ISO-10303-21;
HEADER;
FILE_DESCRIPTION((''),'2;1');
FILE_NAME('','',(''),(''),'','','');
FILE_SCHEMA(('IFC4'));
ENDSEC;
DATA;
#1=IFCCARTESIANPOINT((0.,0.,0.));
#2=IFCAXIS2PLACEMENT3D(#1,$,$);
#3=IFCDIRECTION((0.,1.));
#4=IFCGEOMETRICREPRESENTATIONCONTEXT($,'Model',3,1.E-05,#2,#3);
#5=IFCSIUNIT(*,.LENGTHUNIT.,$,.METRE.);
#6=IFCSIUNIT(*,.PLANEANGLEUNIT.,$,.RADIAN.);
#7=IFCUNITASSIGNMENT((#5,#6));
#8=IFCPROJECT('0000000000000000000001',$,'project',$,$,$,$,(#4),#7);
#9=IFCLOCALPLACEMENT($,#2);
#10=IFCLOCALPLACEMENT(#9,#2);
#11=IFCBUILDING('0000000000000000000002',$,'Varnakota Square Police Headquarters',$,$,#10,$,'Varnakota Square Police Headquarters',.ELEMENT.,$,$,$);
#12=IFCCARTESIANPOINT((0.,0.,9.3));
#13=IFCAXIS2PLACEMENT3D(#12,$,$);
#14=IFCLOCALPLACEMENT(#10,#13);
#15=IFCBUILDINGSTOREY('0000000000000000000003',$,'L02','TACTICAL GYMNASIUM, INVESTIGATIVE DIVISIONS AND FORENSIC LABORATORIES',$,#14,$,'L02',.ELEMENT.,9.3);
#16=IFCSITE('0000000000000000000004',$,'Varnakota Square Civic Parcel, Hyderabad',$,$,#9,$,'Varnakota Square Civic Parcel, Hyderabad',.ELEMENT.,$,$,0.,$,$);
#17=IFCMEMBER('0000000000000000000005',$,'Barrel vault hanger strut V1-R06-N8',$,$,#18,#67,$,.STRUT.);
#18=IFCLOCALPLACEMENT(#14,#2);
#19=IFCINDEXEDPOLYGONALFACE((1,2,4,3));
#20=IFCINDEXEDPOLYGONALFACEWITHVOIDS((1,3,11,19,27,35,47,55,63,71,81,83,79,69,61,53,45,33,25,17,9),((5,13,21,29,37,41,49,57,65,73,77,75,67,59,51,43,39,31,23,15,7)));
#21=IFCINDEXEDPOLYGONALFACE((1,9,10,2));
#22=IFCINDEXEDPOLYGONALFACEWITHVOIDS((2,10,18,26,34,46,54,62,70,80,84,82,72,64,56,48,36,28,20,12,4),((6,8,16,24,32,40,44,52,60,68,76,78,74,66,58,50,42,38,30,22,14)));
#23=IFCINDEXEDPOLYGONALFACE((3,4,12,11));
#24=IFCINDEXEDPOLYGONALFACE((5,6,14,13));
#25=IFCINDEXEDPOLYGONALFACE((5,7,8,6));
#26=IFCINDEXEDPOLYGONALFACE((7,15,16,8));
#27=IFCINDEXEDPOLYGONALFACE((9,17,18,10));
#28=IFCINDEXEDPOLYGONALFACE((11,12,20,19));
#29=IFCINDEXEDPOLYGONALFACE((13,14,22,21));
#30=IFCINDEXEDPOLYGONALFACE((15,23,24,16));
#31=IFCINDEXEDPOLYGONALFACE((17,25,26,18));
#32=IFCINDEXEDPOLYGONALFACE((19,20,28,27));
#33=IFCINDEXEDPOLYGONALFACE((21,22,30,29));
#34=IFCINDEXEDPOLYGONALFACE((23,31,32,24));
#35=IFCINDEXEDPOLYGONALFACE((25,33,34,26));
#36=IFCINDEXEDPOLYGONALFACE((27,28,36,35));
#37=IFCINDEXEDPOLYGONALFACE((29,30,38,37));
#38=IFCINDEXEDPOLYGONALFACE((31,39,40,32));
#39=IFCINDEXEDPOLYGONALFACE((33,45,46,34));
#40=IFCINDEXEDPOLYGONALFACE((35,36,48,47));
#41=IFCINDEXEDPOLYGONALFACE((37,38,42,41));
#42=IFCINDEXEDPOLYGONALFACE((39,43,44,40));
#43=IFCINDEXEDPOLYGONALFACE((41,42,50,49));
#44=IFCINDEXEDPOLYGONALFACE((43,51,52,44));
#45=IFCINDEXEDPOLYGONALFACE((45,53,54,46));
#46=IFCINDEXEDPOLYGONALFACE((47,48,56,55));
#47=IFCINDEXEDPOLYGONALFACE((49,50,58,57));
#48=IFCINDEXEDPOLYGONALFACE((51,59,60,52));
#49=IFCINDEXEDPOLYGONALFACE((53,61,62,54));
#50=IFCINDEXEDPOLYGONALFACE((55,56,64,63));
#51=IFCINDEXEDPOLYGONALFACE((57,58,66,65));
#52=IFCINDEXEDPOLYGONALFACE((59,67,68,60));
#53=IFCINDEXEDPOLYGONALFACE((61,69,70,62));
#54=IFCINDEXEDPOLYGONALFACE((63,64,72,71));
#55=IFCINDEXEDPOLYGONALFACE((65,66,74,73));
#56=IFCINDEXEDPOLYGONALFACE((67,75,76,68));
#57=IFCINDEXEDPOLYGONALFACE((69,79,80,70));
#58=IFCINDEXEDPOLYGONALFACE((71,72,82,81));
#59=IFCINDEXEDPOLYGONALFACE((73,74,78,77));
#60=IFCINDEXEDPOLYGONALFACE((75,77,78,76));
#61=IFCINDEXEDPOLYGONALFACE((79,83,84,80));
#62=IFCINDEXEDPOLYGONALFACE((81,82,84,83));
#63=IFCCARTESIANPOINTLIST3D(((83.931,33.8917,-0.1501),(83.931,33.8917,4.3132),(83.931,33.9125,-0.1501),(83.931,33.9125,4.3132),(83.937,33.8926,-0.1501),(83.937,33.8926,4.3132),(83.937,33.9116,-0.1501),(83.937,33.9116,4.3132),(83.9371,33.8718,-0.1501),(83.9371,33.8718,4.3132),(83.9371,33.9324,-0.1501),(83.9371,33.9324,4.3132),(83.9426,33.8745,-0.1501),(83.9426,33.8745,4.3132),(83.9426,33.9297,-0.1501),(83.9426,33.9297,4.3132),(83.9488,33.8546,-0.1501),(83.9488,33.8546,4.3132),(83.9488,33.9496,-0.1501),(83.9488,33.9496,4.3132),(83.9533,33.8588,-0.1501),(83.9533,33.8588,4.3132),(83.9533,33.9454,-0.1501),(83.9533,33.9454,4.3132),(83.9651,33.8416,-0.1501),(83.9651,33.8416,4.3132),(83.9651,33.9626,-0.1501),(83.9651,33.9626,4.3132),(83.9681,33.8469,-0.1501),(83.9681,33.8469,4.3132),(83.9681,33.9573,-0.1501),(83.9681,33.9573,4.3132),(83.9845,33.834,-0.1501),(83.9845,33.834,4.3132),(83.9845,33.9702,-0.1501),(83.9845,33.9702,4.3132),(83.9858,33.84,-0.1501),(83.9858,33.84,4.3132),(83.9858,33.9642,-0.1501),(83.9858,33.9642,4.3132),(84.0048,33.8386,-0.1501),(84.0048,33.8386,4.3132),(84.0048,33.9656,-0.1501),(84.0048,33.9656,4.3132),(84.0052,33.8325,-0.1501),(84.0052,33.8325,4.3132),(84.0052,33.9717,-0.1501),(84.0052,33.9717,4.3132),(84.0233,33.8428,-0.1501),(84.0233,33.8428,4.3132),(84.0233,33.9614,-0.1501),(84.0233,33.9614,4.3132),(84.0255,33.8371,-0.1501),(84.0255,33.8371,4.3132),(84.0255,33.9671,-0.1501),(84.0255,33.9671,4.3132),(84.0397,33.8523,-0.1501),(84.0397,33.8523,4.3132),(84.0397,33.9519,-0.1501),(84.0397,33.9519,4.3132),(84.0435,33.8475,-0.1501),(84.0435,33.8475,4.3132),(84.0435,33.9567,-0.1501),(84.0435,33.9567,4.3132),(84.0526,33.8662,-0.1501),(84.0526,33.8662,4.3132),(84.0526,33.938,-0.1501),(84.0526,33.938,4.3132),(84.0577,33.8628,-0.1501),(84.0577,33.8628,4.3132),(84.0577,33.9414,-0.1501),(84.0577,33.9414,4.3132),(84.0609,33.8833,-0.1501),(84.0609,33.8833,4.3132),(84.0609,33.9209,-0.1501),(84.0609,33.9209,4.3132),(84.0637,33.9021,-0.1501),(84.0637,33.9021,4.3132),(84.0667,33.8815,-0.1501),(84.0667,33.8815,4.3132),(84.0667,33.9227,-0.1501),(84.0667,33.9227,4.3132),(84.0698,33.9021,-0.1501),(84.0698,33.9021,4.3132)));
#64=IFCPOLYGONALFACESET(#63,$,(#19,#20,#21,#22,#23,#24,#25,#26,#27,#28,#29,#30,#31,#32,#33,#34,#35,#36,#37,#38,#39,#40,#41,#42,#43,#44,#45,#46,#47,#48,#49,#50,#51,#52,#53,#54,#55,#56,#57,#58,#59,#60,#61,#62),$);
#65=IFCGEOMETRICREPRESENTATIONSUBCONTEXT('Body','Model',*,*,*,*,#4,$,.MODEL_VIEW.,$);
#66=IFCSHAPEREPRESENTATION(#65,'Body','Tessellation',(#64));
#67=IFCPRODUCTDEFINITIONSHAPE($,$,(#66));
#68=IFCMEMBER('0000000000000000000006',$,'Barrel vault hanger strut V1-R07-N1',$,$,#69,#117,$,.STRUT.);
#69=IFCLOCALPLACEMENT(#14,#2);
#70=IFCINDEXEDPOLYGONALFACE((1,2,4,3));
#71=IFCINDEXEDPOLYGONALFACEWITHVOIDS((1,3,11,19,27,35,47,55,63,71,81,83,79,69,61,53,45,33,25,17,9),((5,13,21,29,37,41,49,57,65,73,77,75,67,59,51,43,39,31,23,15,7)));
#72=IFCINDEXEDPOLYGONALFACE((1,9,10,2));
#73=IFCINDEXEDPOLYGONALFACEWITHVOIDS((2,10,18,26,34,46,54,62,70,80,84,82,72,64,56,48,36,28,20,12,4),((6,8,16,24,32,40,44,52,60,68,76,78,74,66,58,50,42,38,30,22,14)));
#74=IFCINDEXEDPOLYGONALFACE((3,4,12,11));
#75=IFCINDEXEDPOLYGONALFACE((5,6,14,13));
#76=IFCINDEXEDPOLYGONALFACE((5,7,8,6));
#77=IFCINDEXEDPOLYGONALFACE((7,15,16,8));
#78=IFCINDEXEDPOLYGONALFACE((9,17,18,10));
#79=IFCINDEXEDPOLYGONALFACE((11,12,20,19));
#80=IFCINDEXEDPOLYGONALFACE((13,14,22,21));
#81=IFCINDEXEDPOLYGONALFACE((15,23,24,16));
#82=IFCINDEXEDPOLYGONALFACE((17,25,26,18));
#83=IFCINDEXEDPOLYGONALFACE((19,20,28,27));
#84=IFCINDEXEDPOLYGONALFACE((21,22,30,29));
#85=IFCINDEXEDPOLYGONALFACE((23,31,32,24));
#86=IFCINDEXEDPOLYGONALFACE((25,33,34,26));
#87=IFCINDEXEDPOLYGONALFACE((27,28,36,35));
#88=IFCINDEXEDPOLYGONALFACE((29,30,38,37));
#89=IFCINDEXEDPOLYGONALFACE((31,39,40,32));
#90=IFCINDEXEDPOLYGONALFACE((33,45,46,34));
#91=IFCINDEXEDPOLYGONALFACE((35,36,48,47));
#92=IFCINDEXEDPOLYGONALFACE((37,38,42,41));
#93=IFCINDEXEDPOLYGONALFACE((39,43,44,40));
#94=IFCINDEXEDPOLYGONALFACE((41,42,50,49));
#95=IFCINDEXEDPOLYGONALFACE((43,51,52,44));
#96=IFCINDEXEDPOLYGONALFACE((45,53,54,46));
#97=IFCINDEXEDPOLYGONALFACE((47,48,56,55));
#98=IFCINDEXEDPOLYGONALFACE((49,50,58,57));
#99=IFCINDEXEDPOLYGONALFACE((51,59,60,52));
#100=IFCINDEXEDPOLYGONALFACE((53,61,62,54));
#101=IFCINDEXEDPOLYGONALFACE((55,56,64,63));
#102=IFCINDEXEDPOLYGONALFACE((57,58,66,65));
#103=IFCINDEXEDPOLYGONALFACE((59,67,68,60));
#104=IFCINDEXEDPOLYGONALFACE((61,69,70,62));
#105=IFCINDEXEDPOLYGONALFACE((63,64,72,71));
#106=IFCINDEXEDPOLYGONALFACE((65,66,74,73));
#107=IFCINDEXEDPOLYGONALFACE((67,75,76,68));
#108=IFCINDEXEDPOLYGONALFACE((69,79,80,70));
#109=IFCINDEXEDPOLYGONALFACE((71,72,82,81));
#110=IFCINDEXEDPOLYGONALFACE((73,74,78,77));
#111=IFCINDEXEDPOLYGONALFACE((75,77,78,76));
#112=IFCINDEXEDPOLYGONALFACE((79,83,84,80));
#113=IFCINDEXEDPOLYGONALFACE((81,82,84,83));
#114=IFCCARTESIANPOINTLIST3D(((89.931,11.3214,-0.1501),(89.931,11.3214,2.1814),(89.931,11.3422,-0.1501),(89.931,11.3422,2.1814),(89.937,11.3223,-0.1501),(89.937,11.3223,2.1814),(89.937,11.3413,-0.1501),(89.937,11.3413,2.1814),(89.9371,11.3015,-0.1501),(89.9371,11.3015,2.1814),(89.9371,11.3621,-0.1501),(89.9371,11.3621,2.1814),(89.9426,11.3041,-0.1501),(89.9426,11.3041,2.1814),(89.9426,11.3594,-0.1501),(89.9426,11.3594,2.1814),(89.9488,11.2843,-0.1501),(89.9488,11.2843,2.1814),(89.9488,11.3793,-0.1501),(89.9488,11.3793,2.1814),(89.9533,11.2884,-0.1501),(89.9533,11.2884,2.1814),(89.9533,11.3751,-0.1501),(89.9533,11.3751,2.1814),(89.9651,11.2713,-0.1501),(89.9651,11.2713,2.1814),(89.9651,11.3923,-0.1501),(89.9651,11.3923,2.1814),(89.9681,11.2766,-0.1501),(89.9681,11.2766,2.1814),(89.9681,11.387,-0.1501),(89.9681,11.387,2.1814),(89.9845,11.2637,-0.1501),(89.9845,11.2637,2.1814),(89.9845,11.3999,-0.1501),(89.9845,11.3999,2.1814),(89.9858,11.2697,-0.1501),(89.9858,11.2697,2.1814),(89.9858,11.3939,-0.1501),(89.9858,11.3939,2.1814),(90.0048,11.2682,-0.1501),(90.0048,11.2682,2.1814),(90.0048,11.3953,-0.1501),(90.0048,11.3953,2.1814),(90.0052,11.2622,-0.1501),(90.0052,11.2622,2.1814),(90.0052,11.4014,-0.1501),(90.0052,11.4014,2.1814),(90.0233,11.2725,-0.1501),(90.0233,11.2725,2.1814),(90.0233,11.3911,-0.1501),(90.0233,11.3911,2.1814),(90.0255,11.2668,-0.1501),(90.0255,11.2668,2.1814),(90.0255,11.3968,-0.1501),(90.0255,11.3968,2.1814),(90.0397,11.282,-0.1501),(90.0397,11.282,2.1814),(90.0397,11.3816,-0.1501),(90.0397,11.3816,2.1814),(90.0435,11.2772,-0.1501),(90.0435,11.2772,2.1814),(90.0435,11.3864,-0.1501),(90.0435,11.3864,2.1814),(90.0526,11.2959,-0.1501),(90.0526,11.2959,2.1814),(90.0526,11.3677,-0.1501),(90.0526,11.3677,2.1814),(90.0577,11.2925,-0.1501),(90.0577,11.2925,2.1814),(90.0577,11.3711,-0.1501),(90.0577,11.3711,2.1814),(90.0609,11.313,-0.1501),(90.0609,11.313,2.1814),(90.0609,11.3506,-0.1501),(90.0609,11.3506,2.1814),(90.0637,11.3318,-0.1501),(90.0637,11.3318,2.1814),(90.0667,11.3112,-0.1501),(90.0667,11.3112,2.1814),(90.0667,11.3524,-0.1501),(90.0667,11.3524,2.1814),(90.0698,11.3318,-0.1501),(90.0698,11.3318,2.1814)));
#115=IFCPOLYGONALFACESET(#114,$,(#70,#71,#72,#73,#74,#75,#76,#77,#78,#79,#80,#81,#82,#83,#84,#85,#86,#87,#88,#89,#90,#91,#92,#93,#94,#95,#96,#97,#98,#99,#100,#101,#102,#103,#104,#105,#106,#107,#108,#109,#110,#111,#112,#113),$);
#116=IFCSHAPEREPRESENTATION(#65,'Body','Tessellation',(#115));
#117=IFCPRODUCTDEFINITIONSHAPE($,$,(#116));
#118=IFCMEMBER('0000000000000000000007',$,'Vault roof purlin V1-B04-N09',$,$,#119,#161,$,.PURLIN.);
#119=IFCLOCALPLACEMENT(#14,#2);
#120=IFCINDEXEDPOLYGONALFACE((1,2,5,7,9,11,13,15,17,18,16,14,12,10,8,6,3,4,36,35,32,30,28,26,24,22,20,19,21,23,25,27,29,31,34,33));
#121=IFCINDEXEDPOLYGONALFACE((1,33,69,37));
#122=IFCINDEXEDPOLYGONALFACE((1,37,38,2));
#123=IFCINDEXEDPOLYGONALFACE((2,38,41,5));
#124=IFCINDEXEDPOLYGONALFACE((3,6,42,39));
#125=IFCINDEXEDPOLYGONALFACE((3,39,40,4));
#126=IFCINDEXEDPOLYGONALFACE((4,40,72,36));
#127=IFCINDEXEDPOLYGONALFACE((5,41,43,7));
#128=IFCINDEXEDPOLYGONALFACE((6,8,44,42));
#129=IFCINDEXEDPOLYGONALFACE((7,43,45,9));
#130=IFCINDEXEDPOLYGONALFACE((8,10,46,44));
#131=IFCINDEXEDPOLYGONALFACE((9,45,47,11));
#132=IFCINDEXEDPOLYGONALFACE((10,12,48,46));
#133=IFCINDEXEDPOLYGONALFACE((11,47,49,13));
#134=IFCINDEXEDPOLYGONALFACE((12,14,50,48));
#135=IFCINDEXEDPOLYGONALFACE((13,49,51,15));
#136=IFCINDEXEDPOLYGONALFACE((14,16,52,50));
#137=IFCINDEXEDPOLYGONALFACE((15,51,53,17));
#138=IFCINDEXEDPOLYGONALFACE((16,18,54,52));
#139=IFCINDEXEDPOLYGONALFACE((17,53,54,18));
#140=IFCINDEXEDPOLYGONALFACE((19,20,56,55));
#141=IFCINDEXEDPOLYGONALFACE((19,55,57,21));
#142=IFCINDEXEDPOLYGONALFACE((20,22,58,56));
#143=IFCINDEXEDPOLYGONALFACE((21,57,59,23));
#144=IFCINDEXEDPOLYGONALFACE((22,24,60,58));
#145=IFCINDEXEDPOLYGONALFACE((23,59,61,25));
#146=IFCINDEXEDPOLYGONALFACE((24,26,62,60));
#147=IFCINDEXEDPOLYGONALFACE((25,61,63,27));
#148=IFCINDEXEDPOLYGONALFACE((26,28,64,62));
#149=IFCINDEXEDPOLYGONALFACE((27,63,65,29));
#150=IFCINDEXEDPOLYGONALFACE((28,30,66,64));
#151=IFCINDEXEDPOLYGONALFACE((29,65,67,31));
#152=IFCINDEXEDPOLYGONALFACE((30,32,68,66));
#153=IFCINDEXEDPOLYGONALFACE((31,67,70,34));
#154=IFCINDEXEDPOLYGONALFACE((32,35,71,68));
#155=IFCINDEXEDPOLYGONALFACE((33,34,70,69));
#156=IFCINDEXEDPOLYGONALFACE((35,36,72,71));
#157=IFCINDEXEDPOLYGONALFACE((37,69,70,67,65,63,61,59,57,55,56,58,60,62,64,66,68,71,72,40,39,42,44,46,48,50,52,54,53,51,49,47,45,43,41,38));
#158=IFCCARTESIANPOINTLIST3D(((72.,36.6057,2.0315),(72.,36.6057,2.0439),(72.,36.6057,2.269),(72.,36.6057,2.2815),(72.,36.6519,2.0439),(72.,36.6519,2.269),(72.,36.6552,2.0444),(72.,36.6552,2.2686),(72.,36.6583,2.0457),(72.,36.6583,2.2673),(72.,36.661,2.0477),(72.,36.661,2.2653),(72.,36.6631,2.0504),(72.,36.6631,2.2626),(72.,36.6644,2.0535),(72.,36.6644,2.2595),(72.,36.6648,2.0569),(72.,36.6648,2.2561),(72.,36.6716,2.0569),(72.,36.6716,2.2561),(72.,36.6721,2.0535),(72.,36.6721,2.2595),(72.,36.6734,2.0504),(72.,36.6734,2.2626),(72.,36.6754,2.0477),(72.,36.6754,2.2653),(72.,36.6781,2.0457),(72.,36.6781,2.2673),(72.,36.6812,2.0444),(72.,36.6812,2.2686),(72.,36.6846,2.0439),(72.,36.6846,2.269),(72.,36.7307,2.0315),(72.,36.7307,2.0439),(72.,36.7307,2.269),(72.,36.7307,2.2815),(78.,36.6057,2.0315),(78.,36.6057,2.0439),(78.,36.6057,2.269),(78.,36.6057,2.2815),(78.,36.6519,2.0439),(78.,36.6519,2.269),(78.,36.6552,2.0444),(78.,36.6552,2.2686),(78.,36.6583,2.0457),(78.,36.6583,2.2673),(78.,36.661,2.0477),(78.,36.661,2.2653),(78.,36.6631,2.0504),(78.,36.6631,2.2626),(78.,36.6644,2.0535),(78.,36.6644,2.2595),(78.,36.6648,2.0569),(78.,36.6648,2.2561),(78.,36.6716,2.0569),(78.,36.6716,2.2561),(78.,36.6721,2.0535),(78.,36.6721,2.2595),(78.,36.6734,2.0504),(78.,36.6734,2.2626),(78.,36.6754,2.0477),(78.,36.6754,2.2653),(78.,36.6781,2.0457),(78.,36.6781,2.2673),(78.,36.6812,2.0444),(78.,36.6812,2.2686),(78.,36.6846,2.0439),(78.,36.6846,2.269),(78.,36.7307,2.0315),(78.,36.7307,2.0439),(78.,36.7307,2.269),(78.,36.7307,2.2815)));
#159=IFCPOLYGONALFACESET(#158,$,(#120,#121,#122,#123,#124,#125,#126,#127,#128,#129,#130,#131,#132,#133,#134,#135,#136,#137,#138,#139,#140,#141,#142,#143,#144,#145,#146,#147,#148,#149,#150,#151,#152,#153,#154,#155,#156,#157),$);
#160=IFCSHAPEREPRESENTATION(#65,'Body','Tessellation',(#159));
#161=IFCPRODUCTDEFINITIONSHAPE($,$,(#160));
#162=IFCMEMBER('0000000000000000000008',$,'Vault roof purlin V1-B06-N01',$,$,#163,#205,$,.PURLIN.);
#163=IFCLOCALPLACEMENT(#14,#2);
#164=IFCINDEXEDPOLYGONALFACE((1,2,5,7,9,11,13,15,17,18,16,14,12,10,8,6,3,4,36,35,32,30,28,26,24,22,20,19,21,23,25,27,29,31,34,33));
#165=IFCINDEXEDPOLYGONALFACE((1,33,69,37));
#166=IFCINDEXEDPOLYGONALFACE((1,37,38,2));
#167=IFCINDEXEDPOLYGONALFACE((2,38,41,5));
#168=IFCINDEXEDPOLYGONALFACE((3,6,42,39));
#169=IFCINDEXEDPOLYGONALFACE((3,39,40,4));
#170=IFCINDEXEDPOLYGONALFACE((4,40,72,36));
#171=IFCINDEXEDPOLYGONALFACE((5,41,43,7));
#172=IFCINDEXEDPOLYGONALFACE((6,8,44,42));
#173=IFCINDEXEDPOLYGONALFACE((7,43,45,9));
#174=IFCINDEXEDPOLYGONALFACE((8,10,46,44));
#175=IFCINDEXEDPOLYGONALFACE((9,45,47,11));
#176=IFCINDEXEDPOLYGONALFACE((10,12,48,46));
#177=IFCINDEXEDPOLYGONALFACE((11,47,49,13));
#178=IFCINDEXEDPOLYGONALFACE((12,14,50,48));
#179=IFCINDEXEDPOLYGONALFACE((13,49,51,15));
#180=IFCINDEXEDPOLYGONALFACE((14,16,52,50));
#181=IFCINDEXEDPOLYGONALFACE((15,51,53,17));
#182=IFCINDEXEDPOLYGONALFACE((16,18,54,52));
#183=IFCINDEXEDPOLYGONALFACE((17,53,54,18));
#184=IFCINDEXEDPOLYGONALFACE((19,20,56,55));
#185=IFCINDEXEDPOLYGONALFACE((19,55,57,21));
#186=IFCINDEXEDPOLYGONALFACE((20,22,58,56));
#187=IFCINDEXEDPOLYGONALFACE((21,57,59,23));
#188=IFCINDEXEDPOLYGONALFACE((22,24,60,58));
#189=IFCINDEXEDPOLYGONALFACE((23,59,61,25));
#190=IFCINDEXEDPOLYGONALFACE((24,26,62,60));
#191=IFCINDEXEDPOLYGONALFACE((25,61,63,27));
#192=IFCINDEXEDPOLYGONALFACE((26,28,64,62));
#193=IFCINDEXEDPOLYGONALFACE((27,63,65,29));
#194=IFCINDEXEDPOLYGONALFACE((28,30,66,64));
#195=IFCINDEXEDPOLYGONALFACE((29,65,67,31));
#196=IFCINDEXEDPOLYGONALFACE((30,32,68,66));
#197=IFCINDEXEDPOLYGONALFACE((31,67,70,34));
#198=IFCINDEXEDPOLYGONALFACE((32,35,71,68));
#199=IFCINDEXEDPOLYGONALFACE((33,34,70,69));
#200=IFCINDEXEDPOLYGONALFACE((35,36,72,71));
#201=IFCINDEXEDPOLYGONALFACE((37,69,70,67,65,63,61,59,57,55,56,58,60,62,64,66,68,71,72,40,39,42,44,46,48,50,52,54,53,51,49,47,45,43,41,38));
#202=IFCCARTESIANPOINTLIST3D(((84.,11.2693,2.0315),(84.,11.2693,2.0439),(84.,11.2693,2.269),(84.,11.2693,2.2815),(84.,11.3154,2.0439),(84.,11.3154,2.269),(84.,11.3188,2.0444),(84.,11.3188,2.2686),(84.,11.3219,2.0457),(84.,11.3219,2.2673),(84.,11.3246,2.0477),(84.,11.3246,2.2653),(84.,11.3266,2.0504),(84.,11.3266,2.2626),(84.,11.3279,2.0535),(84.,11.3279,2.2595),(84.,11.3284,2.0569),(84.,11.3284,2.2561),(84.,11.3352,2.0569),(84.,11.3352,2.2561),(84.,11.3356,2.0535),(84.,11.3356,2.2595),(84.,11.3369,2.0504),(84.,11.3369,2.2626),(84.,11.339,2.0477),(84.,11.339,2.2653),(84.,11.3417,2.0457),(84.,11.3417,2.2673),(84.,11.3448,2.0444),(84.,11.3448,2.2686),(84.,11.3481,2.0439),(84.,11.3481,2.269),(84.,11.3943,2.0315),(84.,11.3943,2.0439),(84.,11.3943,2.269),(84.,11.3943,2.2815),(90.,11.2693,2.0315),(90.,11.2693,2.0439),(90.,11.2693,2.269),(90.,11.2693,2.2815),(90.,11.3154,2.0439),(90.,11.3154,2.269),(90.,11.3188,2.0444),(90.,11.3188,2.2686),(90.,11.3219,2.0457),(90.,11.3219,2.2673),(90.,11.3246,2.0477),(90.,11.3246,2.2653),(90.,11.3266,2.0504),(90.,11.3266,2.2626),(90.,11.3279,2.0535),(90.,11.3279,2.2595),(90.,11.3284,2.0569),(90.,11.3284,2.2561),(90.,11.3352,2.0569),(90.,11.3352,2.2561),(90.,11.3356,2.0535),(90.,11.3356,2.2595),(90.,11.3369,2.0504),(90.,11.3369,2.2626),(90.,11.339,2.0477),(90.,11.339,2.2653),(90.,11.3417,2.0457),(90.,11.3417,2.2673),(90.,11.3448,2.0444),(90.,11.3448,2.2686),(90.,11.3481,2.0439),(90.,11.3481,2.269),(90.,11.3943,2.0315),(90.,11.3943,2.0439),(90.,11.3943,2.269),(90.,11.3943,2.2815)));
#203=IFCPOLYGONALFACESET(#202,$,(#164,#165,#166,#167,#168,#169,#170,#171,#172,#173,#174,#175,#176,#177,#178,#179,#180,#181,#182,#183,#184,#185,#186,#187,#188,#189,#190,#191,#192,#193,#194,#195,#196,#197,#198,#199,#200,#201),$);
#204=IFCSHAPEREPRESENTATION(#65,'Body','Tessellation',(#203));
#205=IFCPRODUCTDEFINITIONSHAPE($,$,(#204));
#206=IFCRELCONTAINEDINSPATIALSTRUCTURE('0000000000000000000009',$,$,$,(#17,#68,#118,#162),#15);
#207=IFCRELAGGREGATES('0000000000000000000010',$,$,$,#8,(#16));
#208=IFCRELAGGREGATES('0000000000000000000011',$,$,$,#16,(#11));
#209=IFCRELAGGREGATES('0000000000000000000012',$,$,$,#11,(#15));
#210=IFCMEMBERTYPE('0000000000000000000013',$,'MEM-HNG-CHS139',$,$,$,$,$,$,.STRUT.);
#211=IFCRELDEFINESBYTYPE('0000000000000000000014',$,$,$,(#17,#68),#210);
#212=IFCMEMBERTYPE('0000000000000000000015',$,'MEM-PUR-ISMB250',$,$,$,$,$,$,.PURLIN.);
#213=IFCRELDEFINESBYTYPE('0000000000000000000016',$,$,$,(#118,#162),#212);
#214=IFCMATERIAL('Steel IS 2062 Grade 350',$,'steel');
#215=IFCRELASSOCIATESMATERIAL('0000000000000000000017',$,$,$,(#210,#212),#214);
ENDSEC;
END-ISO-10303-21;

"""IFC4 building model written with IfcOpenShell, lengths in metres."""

from ifc_helpers import new_model, si_unit, direction, frame, origin, origin_2d, place, context, subcontext, project, spatial, hollow_circle, i_section, extrude, material, material_profile, profile_set, type_object, element, save


model = new_model("IFC4")

# Units and contexts
model_context = context("Model", 3, precision=1e-05, world=origin(), true_north=direction((0.0, 1.0)))
body_context = subcontext(model_context, "Body", "Model", "MODEL_VIEW")
ifc_project = project(units=[si_unit("LENGTHUNIT", "METRE"), si_unit("PLANEANGLEUNIT", "RADIAN")], contexts=[model_context])

# Site, building, storey
site_placement = place(None, origin())
site = spatial("IfcSite", under=ifc_project, at=site_placement, Name="Varnakota Square Civic Parcel, Hyderabad", LongName="Varnakota Square Civic Parcel, Hyderabad", CompositionType="ELEMENT", RefElevation=0.0)
building_placement = place(site_placement, origin())
building = spatial("IfcBuilding", under=site, at=building_placement, Name="Varnakota Square Police Headquarters", LongName="Varnakota Square Police Headquarters", CompositionType="ELEMENT")
storey_placement = place(building_placement, frame((0.0, 0.0, 9.3)))
storey = spatial("IfcBuildingStorey", under=building, at=storey_placement, Name="L02", Description="TACTICAL GYMNASIUM, INVESTIGATIVE DIVISIONS AND FORENSIC LABORATORIES", LongName="L02", CompositionType="ELEMENT", Elevation=9.3)

# Shared definitions
ifc_material_1 = material(Name="Steel IS 2062 Grade 350", Category="steel")

# Members
ifc_material_profile_1 = material_profile(ifc_material_1, hollow_circle(Radius=0.0698, WallThickness=0.0061, at=origin_2d()), Name="CHS 139.7x6.0")
ifc_profile_set_1 = profile_set([ifc_material_profile_1], Name="Steel IS 2062 Grade 350")
member_type_1 = type_object("IfcMemberType", Name="MEM-HNG-CHS139", PredefinedType="STRUT", material=ifc_profile_set_1)
member_1_placement = place(storey_placement, frame((84.0, 33.9021, -0.1501), z_axis=(0.0, 0.0, 1.0), x_axis=(1.0, 0.0, 0.0)))
element("IfcMember", 1, at=member_1_placement, inside=storey, type_object=member_type_1, Name="Barrel vault hanger strut V1-R06-N8", PredefinedType="STRUT", context=body_context, shape_type="SweptSolid", body=[
    extrude(hollow_circle(Radius=0.0698, WallThickness=0.0061, at=origin_2d()), origin(), (0.0, 0.0, 1.0), 4.4634),
])
member_2_placement = place(storey_placement, frame((90.0, 11.3318, -0.1501), z_axis=(0.0, 0.0, 1.0), x_axis=(1.0, 0.0, 0.0)))
element("IfcMember", 2, at=member_2_placement, inside=storey, type_object=member_type_1, Name="Barrel vault hanger strut V1-R07-N1", PredefinedType="STRUT", context=body_context, shape_type="SweptSolid", body=[
    extrude(hollow_circle(Radius=0.0698, WallThickness=0.0061, at=origin_2d()), origin(), (0.0, 0.0, 1.0), 2.3315),
])
ifc_material_profile_2 = material_profile(ifc_material_1, i_section(OverallWidth=0.125, OverallDepth=0.25, WebThickness=0.0068, FlangeThickness=0.0125, FilletRadius=0.0129, at=origin_2d()), Name="ISMB 250")
ifc_profile_set_2 = profile_set([ifc_material_profile_2], Name="Steel IS 2062 Grade 350")
member_type_2 = type_object("IfcMemberType", Name="MEM-PUR-ISMB250", PredefinedType="PURLIN", material=ifc_profile_set_2)
for number, where, z_axis, x_axis, name in (
    (3, (72.0, 36.6682, 2.1565), (1.0, 0.0, 0.0), (0.0, 1.0, 0.0), "Vault roof purlin V1-B04-N09"),
    (4, (84.0, 11.3318, 2.1565), (1.0, 0.0, 0.0), (0.0, 1.0, 0.0), "Vault roof purlin V1-B06-N01"),
):
    element("IfcMember", number, at=place(storey_placement, frame(where, z_axis=z_axis, x_axis=x_axis)), inside=storey, type_object=member_type_2, Name=name, PredefinedType="PURLIN", context=body_context, shape_type="SweptSolid", body=[
        extrude(i_section(OverallWidth=0.125, OverallDepth=0.25, WebThickness=0.0068, FlangeThickness=0.0125, FilletRadius=0.0129, at=origin_2d()), origin(), (0.0, 0.0, 1.0), 6.0),
    ])

save(model, "model.ifc")
